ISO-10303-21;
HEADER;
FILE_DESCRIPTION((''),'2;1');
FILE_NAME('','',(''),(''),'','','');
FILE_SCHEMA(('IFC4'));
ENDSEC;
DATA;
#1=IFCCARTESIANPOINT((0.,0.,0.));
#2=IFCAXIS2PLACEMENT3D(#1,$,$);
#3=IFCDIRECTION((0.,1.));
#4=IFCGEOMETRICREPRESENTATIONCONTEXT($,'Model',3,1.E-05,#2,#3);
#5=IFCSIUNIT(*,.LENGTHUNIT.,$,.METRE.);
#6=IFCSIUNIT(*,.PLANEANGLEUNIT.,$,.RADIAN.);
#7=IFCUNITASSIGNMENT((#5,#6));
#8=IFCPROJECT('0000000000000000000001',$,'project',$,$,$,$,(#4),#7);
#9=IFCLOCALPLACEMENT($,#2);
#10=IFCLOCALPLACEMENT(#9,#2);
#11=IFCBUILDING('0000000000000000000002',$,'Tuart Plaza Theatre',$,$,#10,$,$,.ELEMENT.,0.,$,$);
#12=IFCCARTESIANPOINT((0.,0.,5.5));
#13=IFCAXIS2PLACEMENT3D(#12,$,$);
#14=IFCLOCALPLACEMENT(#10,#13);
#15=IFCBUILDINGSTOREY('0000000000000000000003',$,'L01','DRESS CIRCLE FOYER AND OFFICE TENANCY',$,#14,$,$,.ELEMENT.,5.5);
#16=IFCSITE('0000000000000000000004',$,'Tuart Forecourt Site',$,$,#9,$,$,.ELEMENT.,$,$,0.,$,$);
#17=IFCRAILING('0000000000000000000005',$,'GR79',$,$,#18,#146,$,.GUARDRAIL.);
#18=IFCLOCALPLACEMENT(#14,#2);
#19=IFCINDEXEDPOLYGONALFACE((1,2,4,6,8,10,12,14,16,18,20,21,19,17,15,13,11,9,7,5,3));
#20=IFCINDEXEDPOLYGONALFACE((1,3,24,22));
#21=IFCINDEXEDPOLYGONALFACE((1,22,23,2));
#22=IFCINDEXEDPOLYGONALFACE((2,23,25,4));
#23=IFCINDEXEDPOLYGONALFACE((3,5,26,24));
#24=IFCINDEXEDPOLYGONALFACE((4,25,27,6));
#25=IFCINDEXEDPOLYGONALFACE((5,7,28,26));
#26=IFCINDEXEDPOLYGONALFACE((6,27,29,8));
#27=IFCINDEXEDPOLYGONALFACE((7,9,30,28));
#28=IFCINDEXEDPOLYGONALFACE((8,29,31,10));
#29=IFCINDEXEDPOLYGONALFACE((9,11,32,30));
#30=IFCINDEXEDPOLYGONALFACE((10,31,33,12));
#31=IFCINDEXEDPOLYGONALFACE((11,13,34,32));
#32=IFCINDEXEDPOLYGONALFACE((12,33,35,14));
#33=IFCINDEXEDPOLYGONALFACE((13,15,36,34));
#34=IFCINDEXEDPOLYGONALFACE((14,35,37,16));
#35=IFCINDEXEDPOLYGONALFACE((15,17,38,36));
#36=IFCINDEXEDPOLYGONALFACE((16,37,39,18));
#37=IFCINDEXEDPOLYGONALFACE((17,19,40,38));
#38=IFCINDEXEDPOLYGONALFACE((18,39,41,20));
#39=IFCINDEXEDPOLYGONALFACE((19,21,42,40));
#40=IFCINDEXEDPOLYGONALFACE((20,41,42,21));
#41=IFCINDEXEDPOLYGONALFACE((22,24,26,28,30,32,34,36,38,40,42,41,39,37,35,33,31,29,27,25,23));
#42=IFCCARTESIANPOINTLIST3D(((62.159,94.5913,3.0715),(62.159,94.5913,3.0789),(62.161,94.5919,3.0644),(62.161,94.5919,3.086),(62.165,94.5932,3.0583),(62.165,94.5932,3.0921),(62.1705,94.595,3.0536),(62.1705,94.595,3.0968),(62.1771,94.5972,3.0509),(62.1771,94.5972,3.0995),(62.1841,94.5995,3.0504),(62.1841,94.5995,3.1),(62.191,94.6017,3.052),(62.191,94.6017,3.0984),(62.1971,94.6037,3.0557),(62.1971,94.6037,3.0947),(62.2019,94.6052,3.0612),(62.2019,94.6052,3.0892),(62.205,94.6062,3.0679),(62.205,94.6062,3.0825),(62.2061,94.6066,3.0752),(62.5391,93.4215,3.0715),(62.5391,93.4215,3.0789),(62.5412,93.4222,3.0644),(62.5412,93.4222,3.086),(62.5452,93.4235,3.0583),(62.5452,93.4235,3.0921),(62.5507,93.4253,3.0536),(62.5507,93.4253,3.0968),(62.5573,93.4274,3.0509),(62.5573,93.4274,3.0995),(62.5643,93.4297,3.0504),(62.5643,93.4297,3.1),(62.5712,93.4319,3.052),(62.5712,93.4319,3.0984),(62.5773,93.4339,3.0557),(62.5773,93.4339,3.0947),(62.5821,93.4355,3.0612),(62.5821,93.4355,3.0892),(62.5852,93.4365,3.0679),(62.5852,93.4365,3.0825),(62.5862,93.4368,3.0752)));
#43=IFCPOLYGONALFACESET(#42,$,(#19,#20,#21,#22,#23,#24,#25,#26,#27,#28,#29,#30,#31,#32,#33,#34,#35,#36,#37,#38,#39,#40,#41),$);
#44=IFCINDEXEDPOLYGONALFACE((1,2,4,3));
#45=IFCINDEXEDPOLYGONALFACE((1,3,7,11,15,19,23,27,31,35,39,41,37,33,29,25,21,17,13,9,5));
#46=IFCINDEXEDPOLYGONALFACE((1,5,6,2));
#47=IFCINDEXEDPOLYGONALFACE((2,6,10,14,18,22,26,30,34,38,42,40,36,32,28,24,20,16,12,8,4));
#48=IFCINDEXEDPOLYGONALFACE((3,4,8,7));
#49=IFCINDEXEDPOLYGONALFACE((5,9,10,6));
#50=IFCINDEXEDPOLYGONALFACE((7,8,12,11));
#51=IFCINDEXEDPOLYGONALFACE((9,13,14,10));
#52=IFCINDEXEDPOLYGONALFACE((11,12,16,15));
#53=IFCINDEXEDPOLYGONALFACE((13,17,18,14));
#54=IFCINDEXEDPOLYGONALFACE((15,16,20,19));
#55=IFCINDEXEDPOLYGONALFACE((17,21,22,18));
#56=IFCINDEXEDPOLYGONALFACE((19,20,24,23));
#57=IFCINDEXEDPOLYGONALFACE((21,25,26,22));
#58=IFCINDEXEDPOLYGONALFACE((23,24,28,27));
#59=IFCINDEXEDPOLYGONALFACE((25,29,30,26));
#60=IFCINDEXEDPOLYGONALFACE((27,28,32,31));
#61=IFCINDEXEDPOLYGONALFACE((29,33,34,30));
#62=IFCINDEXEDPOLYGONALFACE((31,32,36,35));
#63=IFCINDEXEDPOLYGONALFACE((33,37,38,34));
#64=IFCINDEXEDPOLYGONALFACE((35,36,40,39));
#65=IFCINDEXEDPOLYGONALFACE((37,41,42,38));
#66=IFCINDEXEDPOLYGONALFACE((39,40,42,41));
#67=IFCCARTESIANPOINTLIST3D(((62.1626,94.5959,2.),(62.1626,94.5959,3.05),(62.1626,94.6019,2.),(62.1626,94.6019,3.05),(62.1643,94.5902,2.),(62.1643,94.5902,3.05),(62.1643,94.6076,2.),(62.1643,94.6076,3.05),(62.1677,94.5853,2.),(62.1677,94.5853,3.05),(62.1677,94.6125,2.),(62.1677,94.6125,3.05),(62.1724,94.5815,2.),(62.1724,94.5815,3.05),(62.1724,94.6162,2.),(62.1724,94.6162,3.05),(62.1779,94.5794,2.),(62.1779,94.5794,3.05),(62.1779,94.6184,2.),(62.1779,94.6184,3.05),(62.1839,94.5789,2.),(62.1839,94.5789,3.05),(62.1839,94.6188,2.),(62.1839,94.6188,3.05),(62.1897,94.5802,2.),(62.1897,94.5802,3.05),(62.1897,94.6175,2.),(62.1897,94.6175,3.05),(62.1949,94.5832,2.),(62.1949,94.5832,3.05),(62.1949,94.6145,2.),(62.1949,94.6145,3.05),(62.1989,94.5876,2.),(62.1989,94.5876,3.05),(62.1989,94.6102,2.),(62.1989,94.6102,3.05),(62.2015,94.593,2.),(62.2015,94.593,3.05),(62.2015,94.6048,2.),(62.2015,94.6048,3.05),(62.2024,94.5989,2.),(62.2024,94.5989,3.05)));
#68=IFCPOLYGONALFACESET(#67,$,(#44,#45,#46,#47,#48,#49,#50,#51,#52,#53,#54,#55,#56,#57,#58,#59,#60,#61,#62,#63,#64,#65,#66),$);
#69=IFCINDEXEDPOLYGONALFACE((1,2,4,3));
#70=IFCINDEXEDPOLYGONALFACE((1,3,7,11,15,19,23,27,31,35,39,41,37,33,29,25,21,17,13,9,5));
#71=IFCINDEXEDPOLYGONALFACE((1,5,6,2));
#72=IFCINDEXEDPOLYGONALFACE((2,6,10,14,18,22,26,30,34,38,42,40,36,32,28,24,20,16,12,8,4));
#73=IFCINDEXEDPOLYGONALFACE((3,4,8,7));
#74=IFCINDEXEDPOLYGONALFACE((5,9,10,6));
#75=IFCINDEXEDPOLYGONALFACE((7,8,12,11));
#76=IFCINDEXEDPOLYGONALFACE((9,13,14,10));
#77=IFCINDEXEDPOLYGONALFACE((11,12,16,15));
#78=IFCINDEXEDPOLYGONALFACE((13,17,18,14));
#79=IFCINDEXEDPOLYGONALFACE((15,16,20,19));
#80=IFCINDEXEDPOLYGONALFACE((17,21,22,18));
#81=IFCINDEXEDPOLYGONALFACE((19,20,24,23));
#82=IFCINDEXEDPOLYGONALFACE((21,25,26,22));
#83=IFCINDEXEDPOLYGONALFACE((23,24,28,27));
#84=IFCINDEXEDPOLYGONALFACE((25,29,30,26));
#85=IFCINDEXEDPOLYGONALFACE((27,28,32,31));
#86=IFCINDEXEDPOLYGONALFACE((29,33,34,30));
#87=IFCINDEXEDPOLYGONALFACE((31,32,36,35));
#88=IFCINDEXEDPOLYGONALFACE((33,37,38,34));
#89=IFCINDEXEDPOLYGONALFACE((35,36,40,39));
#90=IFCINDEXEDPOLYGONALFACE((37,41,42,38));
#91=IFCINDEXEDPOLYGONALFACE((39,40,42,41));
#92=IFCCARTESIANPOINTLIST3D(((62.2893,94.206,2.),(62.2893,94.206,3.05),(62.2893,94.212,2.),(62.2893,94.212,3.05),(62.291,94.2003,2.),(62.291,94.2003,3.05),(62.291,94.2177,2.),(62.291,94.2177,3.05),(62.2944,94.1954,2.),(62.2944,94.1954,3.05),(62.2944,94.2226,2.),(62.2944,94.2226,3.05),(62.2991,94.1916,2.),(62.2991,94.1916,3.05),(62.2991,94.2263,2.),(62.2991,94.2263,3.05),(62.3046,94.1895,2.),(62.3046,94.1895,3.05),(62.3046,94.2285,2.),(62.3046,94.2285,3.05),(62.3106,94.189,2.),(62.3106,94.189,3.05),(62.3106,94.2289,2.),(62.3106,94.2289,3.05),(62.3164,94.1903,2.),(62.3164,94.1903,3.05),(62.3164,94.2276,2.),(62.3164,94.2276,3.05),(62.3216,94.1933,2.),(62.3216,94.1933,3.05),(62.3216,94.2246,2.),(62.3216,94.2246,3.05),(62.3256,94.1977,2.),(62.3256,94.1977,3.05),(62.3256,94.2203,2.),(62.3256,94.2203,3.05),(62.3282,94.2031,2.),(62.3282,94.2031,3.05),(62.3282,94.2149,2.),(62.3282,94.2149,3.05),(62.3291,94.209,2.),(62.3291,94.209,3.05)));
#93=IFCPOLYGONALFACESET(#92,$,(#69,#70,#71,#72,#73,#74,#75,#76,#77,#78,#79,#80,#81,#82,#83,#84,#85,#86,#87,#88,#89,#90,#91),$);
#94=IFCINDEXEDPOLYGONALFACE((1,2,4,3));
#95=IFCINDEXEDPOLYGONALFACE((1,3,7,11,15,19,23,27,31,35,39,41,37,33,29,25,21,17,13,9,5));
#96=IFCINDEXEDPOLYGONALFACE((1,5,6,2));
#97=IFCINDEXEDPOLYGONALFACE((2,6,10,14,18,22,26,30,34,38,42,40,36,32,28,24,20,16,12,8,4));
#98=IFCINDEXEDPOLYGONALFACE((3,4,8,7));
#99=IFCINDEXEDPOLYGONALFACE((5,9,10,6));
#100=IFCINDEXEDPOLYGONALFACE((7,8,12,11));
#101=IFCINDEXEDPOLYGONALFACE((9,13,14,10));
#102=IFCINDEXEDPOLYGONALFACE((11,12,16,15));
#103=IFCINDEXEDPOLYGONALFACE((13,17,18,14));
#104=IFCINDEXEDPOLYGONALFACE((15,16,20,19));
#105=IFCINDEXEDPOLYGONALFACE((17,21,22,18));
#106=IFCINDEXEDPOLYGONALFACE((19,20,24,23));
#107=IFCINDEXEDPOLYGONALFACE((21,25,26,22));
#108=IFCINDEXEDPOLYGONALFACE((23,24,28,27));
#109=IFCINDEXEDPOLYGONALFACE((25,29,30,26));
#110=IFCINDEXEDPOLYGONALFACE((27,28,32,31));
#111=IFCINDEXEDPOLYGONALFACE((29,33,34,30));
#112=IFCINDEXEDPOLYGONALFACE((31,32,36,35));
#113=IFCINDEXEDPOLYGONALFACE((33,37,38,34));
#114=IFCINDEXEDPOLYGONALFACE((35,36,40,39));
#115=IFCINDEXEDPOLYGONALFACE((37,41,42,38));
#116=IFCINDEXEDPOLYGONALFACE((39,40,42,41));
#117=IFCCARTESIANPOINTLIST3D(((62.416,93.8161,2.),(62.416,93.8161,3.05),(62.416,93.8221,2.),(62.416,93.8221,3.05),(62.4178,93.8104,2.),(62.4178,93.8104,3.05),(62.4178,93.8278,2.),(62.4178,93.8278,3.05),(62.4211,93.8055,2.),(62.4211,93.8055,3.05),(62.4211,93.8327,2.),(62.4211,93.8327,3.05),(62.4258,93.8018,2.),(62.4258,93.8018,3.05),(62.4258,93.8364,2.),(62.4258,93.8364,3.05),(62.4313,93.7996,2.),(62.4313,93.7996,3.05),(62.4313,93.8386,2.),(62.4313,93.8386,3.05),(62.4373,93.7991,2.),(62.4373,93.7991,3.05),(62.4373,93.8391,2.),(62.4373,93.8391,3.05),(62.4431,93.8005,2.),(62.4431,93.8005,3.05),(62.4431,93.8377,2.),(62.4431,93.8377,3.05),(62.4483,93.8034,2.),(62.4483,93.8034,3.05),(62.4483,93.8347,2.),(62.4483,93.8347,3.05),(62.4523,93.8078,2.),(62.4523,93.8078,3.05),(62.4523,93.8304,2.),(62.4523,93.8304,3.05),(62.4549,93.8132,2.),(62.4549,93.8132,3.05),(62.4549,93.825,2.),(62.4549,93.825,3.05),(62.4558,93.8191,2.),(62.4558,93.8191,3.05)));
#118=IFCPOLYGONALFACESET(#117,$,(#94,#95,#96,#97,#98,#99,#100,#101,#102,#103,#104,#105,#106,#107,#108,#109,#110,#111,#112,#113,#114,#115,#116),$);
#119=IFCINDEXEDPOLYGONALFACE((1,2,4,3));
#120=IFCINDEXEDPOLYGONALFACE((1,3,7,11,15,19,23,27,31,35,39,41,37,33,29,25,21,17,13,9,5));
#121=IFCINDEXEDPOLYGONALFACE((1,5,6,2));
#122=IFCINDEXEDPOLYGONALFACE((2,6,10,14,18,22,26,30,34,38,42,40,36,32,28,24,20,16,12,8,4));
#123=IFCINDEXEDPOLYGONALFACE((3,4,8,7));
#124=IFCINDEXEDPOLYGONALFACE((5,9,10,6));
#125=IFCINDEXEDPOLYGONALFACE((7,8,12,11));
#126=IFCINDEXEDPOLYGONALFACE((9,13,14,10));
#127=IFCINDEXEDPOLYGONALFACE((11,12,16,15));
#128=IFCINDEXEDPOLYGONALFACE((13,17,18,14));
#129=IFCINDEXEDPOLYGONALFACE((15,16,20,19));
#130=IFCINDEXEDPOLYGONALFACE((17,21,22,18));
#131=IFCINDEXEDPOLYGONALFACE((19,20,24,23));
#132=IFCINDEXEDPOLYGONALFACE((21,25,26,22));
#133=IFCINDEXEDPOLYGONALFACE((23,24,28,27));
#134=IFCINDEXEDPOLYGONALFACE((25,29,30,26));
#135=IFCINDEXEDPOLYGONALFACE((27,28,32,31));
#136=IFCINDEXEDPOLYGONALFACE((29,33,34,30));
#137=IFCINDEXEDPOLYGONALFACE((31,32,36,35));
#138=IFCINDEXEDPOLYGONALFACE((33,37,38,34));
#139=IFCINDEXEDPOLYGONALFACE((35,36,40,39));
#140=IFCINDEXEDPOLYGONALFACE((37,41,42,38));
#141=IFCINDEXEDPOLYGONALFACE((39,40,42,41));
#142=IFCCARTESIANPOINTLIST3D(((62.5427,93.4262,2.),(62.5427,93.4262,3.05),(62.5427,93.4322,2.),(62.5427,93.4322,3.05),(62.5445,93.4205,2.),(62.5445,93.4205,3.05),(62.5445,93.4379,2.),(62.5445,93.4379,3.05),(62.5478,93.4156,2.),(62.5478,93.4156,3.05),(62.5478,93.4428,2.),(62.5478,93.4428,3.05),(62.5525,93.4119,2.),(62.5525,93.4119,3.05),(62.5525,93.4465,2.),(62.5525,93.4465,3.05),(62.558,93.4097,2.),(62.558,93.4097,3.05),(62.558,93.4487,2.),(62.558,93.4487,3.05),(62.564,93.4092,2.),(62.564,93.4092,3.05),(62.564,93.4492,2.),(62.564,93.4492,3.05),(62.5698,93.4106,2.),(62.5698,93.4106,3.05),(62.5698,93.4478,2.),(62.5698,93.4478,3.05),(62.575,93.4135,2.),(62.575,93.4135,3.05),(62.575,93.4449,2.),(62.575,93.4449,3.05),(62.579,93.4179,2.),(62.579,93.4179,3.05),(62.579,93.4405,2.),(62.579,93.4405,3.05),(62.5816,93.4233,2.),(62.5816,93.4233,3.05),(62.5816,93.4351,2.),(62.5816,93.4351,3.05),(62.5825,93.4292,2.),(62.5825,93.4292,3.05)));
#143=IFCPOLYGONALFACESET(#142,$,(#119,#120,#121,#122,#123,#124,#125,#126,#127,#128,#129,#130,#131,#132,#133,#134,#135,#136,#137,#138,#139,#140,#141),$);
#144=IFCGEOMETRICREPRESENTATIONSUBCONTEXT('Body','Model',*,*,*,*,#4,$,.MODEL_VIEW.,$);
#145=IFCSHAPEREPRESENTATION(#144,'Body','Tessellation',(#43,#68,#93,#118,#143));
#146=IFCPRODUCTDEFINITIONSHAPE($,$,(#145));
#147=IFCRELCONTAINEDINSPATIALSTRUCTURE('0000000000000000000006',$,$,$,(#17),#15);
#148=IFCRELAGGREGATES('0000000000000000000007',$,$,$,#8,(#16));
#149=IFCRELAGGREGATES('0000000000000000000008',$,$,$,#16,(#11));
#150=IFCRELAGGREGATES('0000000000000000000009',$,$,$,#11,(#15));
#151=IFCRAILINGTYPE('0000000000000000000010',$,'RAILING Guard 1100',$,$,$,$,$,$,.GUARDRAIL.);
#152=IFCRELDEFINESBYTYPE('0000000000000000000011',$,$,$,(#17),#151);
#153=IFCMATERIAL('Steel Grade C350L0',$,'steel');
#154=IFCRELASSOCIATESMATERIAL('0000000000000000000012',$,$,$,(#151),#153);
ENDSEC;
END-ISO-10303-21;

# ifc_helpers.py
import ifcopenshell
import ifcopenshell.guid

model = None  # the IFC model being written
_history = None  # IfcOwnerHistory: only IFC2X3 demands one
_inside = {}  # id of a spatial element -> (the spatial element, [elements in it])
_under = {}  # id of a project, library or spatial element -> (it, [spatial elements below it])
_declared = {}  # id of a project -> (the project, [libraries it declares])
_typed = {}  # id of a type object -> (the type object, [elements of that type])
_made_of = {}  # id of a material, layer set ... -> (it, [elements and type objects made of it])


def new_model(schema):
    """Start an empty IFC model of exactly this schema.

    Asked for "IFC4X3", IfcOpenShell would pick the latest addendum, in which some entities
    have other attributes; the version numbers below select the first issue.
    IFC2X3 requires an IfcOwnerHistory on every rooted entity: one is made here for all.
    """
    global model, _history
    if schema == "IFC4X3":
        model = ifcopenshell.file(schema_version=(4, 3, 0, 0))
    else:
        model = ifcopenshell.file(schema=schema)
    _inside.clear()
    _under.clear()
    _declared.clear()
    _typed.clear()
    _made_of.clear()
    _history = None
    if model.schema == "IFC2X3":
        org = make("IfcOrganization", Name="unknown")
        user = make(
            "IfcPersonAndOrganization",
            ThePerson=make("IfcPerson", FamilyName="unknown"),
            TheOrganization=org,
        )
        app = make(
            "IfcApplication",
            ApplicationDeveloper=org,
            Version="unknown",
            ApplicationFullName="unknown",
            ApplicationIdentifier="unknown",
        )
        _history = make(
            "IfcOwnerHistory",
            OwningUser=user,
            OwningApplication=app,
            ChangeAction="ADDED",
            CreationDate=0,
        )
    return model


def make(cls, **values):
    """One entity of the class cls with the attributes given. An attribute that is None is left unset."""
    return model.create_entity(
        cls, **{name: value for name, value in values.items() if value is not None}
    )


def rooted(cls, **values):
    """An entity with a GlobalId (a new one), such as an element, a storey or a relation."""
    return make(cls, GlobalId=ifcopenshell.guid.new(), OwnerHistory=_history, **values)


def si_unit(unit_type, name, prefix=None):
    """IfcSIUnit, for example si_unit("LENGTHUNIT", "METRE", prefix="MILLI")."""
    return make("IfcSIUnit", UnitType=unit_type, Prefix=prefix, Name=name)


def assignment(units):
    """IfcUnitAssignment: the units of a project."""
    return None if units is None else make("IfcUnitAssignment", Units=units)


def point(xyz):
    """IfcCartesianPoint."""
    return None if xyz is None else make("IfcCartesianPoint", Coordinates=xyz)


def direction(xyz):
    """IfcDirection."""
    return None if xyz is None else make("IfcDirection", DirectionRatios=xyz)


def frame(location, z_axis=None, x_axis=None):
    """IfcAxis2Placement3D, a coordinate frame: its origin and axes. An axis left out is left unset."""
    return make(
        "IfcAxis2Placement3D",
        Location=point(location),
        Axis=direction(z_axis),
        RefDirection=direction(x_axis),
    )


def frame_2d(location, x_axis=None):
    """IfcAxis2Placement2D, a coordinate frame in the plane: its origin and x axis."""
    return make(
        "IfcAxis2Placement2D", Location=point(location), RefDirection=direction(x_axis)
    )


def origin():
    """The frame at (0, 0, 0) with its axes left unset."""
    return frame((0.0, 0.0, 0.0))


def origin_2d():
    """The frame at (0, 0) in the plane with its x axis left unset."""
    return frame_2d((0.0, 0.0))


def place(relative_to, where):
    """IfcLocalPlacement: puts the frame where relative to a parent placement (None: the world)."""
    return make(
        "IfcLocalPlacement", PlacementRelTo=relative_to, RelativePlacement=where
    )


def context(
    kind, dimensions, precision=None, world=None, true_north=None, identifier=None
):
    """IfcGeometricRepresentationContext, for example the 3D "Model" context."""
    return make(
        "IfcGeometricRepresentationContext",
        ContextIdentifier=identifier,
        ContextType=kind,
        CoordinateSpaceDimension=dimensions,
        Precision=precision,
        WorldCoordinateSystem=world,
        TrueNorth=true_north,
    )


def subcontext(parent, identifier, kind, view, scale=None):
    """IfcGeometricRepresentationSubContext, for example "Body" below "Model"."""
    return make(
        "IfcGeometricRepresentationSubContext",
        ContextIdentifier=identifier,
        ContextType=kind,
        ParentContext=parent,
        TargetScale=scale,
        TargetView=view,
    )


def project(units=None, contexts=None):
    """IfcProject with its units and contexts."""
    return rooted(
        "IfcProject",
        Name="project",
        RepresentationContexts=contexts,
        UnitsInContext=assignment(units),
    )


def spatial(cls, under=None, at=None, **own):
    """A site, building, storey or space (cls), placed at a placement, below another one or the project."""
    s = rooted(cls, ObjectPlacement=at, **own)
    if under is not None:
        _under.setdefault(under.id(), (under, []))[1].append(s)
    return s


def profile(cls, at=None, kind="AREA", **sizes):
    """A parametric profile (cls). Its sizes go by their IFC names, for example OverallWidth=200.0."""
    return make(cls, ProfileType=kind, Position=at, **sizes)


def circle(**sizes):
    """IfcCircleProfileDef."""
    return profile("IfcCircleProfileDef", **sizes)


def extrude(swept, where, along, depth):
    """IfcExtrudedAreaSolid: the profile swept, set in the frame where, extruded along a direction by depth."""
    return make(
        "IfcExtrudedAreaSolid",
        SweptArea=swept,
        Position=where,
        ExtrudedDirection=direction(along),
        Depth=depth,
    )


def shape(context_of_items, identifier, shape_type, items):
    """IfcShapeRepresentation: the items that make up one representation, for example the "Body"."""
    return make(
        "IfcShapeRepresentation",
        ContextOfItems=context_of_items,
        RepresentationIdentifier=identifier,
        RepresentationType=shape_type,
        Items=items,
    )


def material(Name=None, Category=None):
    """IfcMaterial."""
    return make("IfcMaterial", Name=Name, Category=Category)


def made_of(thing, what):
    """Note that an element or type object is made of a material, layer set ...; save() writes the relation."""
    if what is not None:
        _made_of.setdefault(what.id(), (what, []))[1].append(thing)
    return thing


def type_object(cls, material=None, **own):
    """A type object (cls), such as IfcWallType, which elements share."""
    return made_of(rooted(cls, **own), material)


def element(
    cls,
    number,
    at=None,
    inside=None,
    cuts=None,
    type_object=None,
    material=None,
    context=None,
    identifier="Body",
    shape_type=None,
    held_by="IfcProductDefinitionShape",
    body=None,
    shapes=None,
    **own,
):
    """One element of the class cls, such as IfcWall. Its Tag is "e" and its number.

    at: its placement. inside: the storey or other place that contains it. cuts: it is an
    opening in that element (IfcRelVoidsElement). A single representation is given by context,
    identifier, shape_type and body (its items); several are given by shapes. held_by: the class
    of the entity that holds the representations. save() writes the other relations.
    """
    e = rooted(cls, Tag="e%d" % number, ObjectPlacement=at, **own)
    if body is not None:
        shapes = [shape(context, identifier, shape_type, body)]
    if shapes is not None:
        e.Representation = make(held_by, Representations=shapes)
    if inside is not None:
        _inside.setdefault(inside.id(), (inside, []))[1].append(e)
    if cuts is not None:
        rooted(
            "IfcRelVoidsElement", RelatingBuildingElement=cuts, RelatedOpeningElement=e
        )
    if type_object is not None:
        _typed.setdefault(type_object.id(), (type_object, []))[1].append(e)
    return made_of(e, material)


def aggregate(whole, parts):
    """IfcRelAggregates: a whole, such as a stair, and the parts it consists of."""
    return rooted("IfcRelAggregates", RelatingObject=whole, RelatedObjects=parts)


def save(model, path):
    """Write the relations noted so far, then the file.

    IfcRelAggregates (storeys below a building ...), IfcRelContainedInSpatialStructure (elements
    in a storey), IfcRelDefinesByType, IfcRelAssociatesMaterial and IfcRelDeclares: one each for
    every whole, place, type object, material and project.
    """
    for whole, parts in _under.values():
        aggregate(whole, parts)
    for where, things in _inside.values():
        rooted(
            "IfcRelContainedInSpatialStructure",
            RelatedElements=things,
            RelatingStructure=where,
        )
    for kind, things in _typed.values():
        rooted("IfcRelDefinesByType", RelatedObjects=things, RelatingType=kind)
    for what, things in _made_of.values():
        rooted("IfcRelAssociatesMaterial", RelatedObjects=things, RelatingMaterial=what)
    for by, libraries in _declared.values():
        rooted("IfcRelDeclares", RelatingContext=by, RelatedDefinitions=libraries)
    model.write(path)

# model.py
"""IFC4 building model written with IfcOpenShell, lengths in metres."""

from ifc_helpers import new_model, si_unit, direction, frame, origin, origin_2d, place, context, subcontext, project, spatial, circle, extrude, material, type_object, element, save


model = new_model("IFC4")

# Units and contexts
model_context = context("Model", 3, precision=1e-05, world=origin(), true_north=direction((0.0, 1.0)))
body_context = subcontext(model_context, "Body", "Model", "MODEL_VIEW")
ifc_project = project(units=[si_unit("LENGTHUNIT", "METRE"), si_unit("PLANEANGLEUNIT", "RADIAN")], contexts=[model_context])

# Site, building, storey
site_placement = place(None, origin())
site = spatial("IfcSite", under=ifc_project, at=site_placement, Name="Tuart Forecourt Site", CompositionType="ELEMENT", RefElevation=0.0)
building_placement = place(site_placement, origin())
building = spatial("IfcBuilding", under=site, at=building_placement, Name="Tuart Plaza Theatre", CompositionType="ELEMENT", ElevationOfRefHeight=0.0)
storey_placement = place(building_placement, frame((0.0, 0.0, 5.5)))
storey = spatial("IfcBuildingStorey", under=building, at=storey_placement, Name="L01", Description="DRESS CIRCLE FOYER AND OFFICE TENANCY", CompositionType="ELEMENT", Elevation=5.5)

# Railing
ifc_material_1 = material(Name="Steel Grade C350L0", Category="steel")
railing_type_1 = type_object("IfcRailingType", Name="RAILING Guard 1100", PredefinedType="GUARDRAIL", material=ifc_material_1)
railing_1_placement = place(storey_placement, frame((62.1824, 94.5989, 2.0)))
element("IfcRailing", 1, at=railing_1_placement, inside=storey, type_object=railing_type_1, Name="GR79", PredefinedType="GUARDRAIL", context=body_context, shape_type="SweptSolid", body=[
    extrude(circle(Radius=0.0249, at=origin_2d()), frame((0.0, 0.0, 1.0752), z_axis=(0.309073, -0.951038, 0.0), x_axis=(0.951038, 0.309073, 0.0)), (0.0, 0.0, 1.0), 1.23),
    extrude(circle(Radius=0.02, at=origin_2d()), origin(), (0.0, 0.0, 1.0), 1.05),
    extrude(circle(Radius=0.02, at=origin_2d()), frame((0.1267, -0.3899, 0.0)), (0.0, 0.0, 1.0), 1.05),
    extrude(circle(Radius=0.02, at=origin_2d()), frame((0.2534, -0.7798, 0.0)), (0.0, 0.0, 1.0), 1.05),
    extrude(circle(Radius=0.02, at=origin_2d()), frame((0.3801, -1.1697, 0.0)), (0.0, 0.0, 1.0), 1.05),
])

save(model, "model.ifc")
